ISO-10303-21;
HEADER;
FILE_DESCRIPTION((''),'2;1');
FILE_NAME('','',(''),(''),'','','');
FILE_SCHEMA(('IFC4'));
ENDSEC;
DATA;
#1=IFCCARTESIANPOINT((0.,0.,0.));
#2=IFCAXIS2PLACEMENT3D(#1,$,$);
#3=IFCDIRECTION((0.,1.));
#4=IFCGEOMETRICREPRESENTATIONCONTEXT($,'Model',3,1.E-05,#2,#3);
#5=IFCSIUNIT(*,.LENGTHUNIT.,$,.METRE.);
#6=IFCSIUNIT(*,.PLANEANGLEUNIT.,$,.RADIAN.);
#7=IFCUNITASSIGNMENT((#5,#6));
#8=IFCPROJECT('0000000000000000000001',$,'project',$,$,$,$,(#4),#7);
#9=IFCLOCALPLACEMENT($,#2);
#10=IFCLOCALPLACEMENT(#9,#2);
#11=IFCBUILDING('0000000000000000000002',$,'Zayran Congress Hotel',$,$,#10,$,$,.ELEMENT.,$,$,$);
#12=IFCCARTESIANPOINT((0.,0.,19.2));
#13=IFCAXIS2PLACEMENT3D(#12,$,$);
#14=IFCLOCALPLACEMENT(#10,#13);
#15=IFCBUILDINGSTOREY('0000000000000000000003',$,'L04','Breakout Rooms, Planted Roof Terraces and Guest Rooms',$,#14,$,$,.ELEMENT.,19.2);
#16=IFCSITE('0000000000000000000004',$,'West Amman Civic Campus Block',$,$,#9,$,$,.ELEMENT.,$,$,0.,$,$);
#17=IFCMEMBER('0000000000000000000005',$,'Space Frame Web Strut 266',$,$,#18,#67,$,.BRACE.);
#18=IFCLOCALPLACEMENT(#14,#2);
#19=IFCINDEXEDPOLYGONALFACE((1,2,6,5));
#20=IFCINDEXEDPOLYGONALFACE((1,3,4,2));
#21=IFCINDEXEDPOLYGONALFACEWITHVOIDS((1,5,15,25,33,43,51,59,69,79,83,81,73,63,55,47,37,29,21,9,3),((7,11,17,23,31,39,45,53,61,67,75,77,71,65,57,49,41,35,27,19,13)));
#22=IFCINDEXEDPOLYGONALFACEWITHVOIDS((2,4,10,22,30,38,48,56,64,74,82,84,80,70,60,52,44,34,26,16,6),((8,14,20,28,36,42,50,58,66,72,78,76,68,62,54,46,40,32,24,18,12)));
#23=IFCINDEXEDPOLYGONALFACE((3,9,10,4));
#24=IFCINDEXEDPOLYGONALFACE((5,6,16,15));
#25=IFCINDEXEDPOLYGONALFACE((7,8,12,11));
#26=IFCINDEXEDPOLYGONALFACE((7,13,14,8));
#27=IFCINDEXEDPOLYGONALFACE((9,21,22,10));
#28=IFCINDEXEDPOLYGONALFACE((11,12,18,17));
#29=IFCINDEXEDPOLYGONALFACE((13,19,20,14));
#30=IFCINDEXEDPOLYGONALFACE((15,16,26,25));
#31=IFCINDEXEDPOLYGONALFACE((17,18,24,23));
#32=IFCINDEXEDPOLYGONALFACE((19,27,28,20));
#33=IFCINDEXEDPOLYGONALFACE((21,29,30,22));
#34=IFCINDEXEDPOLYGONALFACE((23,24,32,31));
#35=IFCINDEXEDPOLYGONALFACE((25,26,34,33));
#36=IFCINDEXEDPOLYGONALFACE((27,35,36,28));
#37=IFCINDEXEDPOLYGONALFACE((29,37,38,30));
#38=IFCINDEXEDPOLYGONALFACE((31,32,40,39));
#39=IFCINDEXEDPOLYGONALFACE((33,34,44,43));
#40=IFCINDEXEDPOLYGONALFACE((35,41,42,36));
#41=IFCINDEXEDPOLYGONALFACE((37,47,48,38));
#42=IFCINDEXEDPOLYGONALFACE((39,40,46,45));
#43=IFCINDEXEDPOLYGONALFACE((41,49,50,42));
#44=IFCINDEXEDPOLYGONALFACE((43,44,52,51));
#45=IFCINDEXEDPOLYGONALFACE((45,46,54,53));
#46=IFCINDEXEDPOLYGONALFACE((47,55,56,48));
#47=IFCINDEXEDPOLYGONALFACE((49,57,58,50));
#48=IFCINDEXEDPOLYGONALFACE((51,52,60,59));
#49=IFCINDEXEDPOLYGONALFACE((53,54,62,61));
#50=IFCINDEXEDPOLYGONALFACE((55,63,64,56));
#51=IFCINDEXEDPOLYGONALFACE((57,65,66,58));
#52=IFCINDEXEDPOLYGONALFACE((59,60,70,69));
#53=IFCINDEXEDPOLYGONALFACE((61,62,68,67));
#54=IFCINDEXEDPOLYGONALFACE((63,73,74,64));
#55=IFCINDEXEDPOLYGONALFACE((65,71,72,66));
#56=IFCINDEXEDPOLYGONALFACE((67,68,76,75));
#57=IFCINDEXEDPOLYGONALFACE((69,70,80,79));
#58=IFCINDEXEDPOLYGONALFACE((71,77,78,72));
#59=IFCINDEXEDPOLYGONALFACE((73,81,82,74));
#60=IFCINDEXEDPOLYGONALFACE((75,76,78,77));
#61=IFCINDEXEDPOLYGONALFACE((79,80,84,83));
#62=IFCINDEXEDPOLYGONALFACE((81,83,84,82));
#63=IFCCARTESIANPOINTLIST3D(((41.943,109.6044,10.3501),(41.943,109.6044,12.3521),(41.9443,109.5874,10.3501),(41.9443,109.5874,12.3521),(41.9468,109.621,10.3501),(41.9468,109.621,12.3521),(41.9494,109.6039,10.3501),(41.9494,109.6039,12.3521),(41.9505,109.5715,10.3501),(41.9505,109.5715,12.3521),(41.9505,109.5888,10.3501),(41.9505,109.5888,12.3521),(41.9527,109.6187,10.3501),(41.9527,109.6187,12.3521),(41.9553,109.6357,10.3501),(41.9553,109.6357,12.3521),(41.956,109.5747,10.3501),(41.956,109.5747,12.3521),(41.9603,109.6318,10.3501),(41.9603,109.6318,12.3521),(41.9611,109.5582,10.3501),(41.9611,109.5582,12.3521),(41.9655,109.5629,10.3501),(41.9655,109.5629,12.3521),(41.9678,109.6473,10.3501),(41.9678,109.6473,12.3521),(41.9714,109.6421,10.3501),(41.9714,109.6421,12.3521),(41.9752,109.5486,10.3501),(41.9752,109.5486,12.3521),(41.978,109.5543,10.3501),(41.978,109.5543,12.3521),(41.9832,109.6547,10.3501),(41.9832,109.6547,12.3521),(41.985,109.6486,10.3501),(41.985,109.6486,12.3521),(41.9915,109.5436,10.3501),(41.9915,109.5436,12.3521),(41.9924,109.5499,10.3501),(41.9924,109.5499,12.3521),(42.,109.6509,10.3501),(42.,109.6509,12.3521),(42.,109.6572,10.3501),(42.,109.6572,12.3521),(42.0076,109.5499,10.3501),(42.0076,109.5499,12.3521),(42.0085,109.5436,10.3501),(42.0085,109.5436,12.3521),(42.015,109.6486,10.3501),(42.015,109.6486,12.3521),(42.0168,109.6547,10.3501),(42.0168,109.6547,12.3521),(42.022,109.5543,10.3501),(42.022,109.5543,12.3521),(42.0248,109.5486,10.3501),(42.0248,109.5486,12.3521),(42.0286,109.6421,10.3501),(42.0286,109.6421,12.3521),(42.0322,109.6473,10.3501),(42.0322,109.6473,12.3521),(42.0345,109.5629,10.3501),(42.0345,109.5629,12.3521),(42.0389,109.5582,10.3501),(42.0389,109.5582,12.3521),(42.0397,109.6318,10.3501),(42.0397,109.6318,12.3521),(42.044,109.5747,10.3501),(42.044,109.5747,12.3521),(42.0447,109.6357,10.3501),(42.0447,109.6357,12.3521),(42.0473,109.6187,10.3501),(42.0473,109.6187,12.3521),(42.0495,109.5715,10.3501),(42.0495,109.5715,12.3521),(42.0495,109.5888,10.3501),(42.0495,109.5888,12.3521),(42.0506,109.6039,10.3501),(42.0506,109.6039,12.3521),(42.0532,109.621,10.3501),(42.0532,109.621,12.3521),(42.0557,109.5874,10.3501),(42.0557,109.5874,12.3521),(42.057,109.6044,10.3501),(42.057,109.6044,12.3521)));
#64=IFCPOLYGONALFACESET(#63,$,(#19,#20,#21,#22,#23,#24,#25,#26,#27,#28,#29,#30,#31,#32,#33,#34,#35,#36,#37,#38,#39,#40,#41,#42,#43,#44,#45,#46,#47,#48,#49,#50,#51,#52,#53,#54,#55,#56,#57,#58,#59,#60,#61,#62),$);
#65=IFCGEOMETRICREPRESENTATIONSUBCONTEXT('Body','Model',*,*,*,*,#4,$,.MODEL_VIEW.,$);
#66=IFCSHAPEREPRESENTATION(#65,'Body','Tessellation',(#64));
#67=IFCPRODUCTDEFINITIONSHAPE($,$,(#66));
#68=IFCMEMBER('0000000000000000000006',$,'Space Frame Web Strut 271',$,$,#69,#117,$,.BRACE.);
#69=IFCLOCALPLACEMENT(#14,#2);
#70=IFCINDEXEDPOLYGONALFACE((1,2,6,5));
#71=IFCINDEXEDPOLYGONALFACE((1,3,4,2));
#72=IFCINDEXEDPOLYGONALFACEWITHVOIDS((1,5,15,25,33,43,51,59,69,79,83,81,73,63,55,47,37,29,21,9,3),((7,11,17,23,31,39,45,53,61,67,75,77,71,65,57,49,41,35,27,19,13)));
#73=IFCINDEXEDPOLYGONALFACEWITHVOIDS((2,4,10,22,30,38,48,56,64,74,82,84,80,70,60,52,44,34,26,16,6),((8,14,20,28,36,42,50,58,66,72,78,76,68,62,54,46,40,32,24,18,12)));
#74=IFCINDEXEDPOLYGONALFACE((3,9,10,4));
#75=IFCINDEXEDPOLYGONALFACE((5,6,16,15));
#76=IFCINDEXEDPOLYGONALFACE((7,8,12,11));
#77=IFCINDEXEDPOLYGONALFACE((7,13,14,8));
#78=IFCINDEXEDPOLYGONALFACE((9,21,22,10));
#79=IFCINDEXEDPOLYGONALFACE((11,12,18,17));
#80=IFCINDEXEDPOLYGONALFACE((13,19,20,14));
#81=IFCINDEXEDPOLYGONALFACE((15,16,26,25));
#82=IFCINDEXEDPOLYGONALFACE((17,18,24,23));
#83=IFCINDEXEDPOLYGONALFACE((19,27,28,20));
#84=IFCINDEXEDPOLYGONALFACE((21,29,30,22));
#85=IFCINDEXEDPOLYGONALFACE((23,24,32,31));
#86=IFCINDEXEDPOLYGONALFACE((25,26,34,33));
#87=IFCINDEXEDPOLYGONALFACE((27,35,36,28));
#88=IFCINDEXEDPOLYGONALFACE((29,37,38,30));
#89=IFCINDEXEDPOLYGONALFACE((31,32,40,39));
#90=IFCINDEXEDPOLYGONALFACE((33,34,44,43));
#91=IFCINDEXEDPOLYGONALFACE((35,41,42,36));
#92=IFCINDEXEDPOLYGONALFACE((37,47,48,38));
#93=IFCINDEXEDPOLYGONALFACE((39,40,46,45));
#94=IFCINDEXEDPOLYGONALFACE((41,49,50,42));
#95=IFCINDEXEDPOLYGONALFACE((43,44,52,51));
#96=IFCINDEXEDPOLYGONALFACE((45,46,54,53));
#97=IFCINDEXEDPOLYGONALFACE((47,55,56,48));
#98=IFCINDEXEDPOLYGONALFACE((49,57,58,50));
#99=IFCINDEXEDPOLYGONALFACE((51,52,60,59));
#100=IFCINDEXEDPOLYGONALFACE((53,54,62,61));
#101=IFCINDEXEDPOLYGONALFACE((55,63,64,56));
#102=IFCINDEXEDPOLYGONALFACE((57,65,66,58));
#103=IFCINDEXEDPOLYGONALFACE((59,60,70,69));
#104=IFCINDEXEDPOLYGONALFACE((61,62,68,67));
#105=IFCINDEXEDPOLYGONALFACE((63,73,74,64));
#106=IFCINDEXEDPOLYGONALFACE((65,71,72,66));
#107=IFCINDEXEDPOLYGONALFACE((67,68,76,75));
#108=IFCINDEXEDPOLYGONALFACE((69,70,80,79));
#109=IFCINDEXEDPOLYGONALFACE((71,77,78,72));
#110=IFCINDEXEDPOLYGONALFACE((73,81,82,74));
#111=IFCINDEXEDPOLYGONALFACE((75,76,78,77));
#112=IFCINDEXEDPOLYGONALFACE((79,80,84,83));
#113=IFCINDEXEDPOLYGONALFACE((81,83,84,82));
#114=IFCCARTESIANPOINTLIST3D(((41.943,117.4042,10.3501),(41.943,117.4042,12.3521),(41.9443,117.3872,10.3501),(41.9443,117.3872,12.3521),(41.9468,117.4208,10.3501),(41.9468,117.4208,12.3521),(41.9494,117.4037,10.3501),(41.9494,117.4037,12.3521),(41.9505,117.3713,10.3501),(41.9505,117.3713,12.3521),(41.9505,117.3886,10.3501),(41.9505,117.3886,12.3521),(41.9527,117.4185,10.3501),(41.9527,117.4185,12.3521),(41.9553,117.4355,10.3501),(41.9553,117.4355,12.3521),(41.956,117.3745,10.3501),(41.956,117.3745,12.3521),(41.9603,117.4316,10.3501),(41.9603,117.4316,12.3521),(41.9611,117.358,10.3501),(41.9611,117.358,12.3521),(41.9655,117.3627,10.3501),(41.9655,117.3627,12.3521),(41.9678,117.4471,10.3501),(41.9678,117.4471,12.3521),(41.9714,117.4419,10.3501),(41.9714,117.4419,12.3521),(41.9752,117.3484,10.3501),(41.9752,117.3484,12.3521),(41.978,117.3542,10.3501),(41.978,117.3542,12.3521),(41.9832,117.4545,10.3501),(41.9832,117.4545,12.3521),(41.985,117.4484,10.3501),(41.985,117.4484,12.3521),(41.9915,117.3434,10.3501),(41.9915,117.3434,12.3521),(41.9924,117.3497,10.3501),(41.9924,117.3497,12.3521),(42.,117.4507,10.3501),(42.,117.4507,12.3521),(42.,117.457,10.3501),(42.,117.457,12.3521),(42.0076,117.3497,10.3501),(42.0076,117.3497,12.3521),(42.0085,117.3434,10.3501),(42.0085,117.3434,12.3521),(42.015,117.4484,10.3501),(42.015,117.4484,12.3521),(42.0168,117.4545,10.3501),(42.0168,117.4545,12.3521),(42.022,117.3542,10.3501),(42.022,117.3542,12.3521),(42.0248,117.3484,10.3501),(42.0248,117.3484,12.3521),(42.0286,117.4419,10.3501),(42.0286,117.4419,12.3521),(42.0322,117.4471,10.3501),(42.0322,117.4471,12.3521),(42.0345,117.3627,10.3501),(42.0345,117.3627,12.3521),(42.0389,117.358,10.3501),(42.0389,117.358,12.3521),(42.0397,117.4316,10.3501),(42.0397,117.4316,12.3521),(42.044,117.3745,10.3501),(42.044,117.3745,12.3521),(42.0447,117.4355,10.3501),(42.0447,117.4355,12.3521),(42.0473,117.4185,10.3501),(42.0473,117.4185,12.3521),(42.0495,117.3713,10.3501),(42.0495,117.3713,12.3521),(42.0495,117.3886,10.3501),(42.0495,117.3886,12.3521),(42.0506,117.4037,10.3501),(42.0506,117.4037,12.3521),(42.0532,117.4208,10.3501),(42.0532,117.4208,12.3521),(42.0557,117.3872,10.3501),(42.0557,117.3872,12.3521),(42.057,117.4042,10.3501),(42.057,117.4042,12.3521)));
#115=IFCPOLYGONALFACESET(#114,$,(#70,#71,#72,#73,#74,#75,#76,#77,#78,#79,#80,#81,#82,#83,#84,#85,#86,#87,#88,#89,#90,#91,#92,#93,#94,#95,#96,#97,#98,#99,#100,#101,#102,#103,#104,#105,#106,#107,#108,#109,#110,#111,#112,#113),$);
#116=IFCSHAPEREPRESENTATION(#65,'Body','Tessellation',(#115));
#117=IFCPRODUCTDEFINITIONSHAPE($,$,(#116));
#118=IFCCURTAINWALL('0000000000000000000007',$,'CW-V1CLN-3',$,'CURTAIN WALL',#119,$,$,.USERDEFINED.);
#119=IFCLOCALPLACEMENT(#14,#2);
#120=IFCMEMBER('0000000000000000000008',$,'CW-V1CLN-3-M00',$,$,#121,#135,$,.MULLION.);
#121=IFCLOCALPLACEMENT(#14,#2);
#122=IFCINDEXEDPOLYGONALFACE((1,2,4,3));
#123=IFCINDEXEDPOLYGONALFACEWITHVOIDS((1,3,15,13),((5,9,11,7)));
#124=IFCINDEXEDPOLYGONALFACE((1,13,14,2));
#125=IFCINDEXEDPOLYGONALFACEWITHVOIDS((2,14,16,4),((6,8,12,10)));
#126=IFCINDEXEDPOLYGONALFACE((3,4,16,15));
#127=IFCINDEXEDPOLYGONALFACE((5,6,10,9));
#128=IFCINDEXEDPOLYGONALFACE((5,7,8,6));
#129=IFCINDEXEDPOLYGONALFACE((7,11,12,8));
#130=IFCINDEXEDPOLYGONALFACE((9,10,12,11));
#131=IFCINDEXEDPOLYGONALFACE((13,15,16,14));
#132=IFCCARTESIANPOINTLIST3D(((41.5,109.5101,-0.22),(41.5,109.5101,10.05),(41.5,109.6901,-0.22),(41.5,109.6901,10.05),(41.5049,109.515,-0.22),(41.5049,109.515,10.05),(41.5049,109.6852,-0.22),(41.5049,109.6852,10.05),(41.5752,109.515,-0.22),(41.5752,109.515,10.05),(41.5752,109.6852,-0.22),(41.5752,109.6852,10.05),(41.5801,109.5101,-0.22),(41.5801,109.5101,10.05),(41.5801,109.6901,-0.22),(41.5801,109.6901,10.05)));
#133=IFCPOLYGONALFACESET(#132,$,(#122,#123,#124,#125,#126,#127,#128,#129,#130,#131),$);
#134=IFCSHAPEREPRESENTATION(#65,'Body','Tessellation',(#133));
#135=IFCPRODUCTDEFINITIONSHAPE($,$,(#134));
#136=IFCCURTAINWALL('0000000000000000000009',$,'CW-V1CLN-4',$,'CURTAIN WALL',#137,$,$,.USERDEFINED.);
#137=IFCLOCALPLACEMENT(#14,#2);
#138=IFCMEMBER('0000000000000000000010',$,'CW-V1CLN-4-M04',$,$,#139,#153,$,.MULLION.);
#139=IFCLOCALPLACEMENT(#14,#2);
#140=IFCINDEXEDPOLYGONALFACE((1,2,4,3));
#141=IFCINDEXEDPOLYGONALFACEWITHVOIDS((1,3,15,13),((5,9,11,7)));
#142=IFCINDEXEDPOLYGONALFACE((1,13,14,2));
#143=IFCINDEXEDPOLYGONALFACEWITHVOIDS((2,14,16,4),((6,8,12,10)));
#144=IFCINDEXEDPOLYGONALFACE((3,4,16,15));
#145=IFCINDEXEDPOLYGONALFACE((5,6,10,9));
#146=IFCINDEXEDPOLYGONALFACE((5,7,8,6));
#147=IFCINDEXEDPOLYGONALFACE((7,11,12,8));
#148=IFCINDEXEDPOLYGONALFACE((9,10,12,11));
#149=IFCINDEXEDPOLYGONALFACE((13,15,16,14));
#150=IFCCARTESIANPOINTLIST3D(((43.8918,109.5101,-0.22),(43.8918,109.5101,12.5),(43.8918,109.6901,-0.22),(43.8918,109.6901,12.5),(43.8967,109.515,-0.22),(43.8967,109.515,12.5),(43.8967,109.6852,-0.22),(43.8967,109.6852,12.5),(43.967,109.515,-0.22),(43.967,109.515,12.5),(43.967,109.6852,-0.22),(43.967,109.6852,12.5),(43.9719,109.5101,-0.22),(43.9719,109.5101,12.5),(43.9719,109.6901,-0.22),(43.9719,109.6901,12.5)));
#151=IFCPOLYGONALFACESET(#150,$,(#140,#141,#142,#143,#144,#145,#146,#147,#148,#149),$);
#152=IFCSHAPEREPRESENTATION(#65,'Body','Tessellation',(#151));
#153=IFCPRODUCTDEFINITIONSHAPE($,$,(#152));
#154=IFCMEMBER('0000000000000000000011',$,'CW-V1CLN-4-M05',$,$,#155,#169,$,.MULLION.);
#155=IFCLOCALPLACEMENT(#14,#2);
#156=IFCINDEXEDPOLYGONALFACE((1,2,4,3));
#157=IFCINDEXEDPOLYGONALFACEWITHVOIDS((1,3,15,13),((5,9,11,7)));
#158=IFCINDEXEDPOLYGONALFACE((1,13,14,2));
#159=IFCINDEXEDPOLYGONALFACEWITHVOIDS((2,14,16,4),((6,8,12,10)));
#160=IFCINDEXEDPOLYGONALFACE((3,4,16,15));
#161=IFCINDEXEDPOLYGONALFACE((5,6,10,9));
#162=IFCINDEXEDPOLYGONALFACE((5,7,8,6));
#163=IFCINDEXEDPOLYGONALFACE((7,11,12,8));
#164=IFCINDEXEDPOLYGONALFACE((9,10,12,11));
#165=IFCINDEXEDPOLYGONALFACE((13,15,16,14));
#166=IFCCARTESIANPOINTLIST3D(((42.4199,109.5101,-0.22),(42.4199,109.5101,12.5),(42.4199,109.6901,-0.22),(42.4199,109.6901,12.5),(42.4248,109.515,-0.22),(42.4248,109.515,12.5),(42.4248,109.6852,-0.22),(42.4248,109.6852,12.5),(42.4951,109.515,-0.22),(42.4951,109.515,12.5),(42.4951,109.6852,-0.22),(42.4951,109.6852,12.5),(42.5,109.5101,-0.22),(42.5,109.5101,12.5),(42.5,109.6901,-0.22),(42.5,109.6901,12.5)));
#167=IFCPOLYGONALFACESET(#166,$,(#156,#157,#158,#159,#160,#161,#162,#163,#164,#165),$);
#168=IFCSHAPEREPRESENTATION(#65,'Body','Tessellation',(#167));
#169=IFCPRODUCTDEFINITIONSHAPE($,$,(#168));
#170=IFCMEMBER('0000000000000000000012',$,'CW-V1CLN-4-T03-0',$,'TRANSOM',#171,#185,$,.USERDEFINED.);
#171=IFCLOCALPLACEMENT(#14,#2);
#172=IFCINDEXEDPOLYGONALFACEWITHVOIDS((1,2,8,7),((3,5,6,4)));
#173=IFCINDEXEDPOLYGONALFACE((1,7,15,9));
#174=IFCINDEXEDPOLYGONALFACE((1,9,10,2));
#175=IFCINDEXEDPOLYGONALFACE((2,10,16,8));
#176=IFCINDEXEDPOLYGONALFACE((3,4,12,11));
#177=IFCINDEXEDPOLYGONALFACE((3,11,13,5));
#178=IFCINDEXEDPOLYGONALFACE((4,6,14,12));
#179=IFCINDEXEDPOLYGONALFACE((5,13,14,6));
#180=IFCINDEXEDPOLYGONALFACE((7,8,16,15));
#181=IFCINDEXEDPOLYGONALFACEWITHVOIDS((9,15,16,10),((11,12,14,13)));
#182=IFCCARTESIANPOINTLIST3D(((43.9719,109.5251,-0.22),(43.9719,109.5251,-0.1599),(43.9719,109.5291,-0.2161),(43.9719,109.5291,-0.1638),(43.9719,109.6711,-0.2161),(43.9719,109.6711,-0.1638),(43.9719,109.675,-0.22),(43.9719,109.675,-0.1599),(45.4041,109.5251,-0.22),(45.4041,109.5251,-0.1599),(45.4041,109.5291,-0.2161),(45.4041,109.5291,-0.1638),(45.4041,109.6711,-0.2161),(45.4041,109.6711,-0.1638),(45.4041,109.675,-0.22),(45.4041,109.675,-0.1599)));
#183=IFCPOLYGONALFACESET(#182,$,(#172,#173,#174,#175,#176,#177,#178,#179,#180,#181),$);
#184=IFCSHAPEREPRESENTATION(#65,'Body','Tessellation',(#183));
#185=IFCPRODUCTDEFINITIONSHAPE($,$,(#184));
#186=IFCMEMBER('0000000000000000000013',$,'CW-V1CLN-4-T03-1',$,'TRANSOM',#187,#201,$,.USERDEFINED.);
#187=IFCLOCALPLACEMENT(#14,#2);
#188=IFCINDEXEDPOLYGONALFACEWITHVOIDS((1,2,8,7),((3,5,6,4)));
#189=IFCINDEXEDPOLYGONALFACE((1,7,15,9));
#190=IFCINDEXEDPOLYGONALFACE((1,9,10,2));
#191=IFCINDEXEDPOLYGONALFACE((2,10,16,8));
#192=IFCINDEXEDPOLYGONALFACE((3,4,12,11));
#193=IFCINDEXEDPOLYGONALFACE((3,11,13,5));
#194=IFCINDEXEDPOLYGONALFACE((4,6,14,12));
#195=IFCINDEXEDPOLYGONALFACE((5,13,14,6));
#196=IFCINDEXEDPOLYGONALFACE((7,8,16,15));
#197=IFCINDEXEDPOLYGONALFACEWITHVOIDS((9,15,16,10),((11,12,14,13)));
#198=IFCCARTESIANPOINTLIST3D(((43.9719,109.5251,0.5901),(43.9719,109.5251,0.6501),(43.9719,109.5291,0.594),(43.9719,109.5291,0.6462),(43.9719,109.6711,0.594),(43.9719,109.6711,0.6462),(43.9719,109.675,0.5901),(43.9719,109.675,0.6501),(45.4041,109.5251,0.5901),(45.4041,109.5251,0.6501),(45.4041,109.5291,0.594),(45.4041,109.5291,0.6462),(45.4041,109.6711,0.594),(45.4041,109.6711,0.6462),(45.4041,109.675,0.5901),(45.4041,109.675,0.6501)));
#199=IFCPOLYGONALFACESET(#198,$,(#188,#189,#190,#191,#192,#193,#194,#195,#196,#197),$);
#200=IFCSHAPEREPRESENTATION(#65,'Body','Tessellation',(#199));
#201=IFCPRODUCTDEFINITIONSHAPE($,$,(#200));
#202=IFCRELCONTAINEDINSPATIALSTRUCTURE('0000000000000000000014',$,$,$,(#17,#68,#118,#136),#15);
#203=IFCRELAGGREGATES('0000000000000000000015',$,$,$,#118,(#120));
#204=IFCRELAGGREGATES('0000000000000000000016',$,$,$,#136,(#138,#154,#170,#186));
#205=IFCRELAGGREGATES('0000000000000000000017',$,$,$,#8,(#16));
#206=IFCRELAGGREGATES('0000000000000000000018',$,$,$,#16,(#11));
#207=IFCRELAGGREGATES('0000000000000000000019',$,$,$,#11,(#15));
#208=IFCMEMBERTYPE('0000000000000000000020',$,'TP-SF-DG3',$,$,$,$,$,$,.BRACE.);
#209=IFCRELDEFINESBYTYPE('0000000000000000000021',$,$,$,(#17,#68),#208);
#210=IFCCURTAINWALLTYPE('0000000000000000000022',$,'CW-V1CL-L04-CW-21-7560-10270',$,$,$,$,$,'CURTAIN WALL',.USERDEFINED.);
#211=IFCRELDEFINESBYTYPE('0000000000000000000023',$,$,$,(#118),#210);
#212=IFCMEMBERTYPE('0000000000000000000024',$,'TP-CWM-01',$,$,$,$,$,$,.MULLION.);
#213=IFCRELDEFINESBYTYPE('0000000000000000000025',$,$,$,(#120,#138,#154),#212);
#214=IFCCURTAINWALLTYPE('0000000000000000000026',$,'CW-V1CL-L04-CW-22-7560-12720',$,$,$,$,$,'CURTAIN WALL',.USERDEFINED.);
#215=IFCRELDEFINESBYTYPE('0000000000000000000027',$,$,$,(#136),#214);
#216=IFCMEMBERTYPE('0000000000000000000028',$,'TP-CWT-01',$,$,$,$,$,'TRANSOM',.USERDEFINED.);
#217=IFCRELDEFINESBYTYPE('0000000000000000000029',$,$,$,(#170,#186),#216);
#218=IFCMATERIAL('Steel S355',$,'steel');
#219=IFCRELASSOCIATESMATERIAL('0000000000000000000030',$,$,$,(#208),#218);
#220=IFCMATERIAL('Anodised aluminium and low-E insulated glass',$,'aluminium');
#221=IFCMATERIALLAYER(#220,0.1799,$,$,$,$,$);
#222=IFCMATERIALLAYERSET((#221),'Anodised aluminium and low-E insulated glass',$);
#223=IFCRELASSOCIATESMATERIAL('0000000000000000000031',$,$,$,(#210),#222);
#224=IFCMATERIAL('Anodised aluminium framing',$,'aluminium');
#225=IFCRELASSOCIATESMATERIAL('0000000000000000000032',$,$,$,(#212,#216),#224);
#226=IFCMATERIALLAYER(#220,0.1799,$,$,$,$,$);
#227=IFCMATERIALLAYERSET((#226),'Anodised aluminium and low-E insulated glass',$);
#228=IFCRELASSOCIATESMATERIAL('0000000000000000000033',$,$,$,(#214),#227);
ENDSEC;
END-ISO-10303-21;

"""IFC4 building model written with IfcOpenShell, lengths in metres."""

from ifc_helpers import new_model, si_unit, direction, frame, origin, origin_2d, place, context, subcontext, project, spatial, hollow_rectangle, hollow_circle, extrude, material, layer, layer_set, material_profile, profile_set, type_object, element, aggregate, save


model = new_model("IFC4")

# Units and contexts
model_context = context("Model", 3, precision=1e-05, world=origin(), true_north=direction((0.0, 1.0)))
body_context = subcontext(model_context, "Body", "Model", "MODEL_VIEW")
ifc_project = project(units=[si_unit("LENGTHUNIT", "METRE"), si_unit("PLANEANGLEUNIT", "RADIAN")], contexts=[model_context])

# Site, building, storey
site_placement = place(None, origin())
site = spatial("IfcSite", under=ifc_project, at=site_placement, Name="West Amman Civic Campus Block", CompositionType="ELEMENT", RefElevation=0.0)
building_placement = place(site_placement, origin())
building = spatial("IfcBuilding", under=site, at=building_placement, Name="Zayran Congress Hotel", CompositionType="ELEMENT")
storey_placement = place(building_placement, frame((0.0, 0.0, 19.2)))
storey = spatial("IfcBuildingStorey", under=building, at=storey_placement, Name="L04", Description="Breakout Rooms, Planted Roof Terraces and Guest Rooms", CompositionType="ELEMENT", Elevation=19.2)

# Shared definitions
ifc_material_1 = material(Name="Steel S355", Category="steel")

# Members
ifc_material_profile_1 = material_profile(ifc_material_1, hollow_circle(Radius=0.0571, WallThickness=0.0063, at=origin_2d()), Name="CHS 114.3x6.3")
ifc_profile_set_1 = profile_set([ifc_material_profile_1], Name="Steel S355")
member_type_1 = type_object("IfcMemberType", Name="TP-SF-DG3", PredefinedType="BRACE", material=ifc_profile_set_1)
for number, where, z_axis, x_axis, name in (
    (1, (42.0, 109.6001, 10.3501), (0.0, 0.0, 1.0), (0.0, 1.0, 0.0), "Space Frame Web Strut 266"),
    (2, (42.0, 117.3999, 10.3501), (0.0, 0.0, 1.0), (0.0, 1.0, 0.0), "Space Frame Web Strut 271"),
):
    element("IfcMember", number, at=place(storey_placement, frame(where, z_axis=z_axis, x_axis=x_axis)), inside=storey, type_object=member_type_1, Name=name, PredefinedType="BRACE", context=body_context, shape_type="SweptSolid", body=[
        extrude(hollow_circle(Radius=0.0571, WallThickness=0.0063, at=origin_2d()), origin(), (0.0, 0.0, 1.0), 2.002),
    ])

# Curtain wall, member
ifc_material_2 = material(Name="Anodised aluminium and low-E insulated glass", Category="aluminium")
ifc_layer_1 = layer(ifc_material_2, 0.1799)
ifc_layer_set_1 = layer_set([ifc_layer_1], Name="Anodised aluminium and low-E insulated glass")
curtain_wall_type_1 = type_object("IfcCurtainWallType", Name="CW-V1CL-L04-CW-21-7560-10270", ElementType="CURTAIN WALL", PredefinedType="USERDEFINED", material=ifc_layer_set_1)
curtain_wall_1_placement = place(storey_placement, origin())
curtain_wall_1 = element("IfcCurtainWall", 3, at=curtain_wall_1_placement, inside=storey, type_object=curtain_wall_type_1, Name="CW-V1CLN-3", ObjectType="CURTAIN WALL", PredefinedType="USERDEFINED")
ifc_material_3 = material(Name="Anodised aluminium framing", Category="aluminium")
ifc_material_profile_2 = material_profile(ifc_material_3, hollow_rectangle(XDim=0.0801, YDim=0.1799, WallThickness=0.0049, at=origin_2d()), Name="RHS 180x80x5")
ifc_profile_set_2 = profile_set([ifc_material_profile_2], Name="Anodised aluminium framing")
member_type_2 = type_object("IfcMemberType", Name="TP-CWM-01", PredefinedType="MULLION", material=ifc_profile_set_2)
member_1_placement = place(storey_placement, frame((41.54, 109.6001, -0.22), z_axis=(0.0, 0.0, 1.0), x_axis=(1.0, 0.0, 0.0)))
member_1 = element("IfcMember", 4, at=member_1_placement, type_object=member_type_2, Name="CW-V1CLN-3-M00", PredefinedType="MULLION", context=body_context, shape_type="SweptSolid", body=[
    extrude(hollow_rectangle(XDim=0.0801, YDim=0.1799, WallThickness=0.0049, at=origin_2d()), origin(), (0.0, 0.0, 1.0), 10.27),
])
aggregate(curtain_wall_1, [member_1])

# Curtain wall, members
ifc_layer_2 = layer(ifc_material_2, 0.1799)
ifc_layer_set_2 = layer_set([ifc_layer_2], Name="Anodised aluminium and low-E insulated glass")
curtain_wall_type_2 = type_object("IfcCurtainWallType", Name="CW-V1CL-L04-CW-22-7560-12720", ElementType="CURTAIN WALL", PredefinedType="USERDEFINED", material=ifc_layer_set_2)
curtain_wall_2_placement = place(storey_placement, origin())
curtain_wall_2 = element("IfcCurtainWall", 5, at=curtain_wall_2_placement, inside=storey, type_object=curtain_wall_type_2, Name="CW-V1CLN-4", ObjectType="CURTAIN WALL", PredefinedType="USERDEFINED")
member_2_placement = place(storey_placement, frame((43.9319, 109.6001, -0.22), z_axis=(0.0, 0.0, 1.0), x_axis=(1.0, 0.0, 0.0)))
member_2 = element("IfcMember", 6, at=member_2_placement, type_object=member_type_2, Name="CW-V1CLN-4-M04", PredefinedType="MULLION", context=body_context, shape_type="SweptSolid", body=[
    extrude(hollow_rectangle(XDim=0.0801, YDim=0.1799, WallThickness=0.0049, at=origin_2d()), origin(), (0.0, 0.0, 1.0), 12.72),
])
member_3_placement = place(storey_placement, frame((42.46, 109.6001, -0.22), z_axis=(0.0, 0.0, 1.0), x_axis=(1.0, 0.0, 0.0)))
member_3 = element("IfcMember", 7, at=member_3_placement, type_object=member_type_2, Name="CW-V1CLN-4-M05", PredefinedType="MULLION", context=body_context, shape_type="SweptSolid", body=[
    extrude(hollow_rectangle(XDim=0.0801, YDim=0.1799, WallThickness=0.0049, at=origin_2d()), origin(), (0.0, 0.0, 1.0), 12.72),
])
ifc_material_profile_3 = material_profile(ifc_material_3, hollow_rectangle(XDim=0.0601, YDim=0.1499, WallThickness=0.0039, at=origin_2d()), Name="RHS 150x60x4")
ifc_profile_set_3 = profile_set([ifc_material_profile_3], Name="Anodised aluminium framing")
member_type_3 = type_object("IfcMemberType", Name="TP-CWT-01", ElementType="TRANSOM", PredefinedType="USERDEFINED", material=ifc_profile_set_3)
member_4_placement = place(storey_placement, frame((45.4041, 109.6001, -0.1899), z_axis=(-1.0, 0.0, 0.0), x_axis=(0.0, 0.0, 1.0)))
member_4 = element("IfcMember", 8, at=member_4_placement, type_object=member_type_3, Name="CW-V1CLN-4-T03-0", ObjectType="TRANSOM", PredefinedType="USERDEFINED", context=body_context, shape_type="SweptSolid", body=[
    extrude(hollow_rectangle(XDim=0.0601, YDim=0.1499, WallThickness=0.0039, at=origin_2d()), origin(), (0.0, 0.0, 1.0), 1.4321),
])
member_5_placement = place(storey_placement, frame((45.4041, 109.6001, 0.6201), z_axis=(-1.0, 0.0, 0.0), x_axis=(0.0, 0.0, 1.0)))
member_5 = element("IfcMember", 9, at=member_5_placement, type_object=member_type_3, Name="CW-V1CLN-4-T03-1", ObjectType="TRANSOM", PredefinedType="USERDEFINED", context=body_context, shape_type="SweptSolid", body=[
    extrude(hollow_rectangle(XDim=0.0601, YDim=0.1499, WallThickness=0.0039, at=origin_2d()), origin(), (0.0, 0.0, 1.0), 1.4321),
])

aggregate(curtain_wall_2, [member_2, member_3, member_4, member_5])

save(model, "model.ifc")
